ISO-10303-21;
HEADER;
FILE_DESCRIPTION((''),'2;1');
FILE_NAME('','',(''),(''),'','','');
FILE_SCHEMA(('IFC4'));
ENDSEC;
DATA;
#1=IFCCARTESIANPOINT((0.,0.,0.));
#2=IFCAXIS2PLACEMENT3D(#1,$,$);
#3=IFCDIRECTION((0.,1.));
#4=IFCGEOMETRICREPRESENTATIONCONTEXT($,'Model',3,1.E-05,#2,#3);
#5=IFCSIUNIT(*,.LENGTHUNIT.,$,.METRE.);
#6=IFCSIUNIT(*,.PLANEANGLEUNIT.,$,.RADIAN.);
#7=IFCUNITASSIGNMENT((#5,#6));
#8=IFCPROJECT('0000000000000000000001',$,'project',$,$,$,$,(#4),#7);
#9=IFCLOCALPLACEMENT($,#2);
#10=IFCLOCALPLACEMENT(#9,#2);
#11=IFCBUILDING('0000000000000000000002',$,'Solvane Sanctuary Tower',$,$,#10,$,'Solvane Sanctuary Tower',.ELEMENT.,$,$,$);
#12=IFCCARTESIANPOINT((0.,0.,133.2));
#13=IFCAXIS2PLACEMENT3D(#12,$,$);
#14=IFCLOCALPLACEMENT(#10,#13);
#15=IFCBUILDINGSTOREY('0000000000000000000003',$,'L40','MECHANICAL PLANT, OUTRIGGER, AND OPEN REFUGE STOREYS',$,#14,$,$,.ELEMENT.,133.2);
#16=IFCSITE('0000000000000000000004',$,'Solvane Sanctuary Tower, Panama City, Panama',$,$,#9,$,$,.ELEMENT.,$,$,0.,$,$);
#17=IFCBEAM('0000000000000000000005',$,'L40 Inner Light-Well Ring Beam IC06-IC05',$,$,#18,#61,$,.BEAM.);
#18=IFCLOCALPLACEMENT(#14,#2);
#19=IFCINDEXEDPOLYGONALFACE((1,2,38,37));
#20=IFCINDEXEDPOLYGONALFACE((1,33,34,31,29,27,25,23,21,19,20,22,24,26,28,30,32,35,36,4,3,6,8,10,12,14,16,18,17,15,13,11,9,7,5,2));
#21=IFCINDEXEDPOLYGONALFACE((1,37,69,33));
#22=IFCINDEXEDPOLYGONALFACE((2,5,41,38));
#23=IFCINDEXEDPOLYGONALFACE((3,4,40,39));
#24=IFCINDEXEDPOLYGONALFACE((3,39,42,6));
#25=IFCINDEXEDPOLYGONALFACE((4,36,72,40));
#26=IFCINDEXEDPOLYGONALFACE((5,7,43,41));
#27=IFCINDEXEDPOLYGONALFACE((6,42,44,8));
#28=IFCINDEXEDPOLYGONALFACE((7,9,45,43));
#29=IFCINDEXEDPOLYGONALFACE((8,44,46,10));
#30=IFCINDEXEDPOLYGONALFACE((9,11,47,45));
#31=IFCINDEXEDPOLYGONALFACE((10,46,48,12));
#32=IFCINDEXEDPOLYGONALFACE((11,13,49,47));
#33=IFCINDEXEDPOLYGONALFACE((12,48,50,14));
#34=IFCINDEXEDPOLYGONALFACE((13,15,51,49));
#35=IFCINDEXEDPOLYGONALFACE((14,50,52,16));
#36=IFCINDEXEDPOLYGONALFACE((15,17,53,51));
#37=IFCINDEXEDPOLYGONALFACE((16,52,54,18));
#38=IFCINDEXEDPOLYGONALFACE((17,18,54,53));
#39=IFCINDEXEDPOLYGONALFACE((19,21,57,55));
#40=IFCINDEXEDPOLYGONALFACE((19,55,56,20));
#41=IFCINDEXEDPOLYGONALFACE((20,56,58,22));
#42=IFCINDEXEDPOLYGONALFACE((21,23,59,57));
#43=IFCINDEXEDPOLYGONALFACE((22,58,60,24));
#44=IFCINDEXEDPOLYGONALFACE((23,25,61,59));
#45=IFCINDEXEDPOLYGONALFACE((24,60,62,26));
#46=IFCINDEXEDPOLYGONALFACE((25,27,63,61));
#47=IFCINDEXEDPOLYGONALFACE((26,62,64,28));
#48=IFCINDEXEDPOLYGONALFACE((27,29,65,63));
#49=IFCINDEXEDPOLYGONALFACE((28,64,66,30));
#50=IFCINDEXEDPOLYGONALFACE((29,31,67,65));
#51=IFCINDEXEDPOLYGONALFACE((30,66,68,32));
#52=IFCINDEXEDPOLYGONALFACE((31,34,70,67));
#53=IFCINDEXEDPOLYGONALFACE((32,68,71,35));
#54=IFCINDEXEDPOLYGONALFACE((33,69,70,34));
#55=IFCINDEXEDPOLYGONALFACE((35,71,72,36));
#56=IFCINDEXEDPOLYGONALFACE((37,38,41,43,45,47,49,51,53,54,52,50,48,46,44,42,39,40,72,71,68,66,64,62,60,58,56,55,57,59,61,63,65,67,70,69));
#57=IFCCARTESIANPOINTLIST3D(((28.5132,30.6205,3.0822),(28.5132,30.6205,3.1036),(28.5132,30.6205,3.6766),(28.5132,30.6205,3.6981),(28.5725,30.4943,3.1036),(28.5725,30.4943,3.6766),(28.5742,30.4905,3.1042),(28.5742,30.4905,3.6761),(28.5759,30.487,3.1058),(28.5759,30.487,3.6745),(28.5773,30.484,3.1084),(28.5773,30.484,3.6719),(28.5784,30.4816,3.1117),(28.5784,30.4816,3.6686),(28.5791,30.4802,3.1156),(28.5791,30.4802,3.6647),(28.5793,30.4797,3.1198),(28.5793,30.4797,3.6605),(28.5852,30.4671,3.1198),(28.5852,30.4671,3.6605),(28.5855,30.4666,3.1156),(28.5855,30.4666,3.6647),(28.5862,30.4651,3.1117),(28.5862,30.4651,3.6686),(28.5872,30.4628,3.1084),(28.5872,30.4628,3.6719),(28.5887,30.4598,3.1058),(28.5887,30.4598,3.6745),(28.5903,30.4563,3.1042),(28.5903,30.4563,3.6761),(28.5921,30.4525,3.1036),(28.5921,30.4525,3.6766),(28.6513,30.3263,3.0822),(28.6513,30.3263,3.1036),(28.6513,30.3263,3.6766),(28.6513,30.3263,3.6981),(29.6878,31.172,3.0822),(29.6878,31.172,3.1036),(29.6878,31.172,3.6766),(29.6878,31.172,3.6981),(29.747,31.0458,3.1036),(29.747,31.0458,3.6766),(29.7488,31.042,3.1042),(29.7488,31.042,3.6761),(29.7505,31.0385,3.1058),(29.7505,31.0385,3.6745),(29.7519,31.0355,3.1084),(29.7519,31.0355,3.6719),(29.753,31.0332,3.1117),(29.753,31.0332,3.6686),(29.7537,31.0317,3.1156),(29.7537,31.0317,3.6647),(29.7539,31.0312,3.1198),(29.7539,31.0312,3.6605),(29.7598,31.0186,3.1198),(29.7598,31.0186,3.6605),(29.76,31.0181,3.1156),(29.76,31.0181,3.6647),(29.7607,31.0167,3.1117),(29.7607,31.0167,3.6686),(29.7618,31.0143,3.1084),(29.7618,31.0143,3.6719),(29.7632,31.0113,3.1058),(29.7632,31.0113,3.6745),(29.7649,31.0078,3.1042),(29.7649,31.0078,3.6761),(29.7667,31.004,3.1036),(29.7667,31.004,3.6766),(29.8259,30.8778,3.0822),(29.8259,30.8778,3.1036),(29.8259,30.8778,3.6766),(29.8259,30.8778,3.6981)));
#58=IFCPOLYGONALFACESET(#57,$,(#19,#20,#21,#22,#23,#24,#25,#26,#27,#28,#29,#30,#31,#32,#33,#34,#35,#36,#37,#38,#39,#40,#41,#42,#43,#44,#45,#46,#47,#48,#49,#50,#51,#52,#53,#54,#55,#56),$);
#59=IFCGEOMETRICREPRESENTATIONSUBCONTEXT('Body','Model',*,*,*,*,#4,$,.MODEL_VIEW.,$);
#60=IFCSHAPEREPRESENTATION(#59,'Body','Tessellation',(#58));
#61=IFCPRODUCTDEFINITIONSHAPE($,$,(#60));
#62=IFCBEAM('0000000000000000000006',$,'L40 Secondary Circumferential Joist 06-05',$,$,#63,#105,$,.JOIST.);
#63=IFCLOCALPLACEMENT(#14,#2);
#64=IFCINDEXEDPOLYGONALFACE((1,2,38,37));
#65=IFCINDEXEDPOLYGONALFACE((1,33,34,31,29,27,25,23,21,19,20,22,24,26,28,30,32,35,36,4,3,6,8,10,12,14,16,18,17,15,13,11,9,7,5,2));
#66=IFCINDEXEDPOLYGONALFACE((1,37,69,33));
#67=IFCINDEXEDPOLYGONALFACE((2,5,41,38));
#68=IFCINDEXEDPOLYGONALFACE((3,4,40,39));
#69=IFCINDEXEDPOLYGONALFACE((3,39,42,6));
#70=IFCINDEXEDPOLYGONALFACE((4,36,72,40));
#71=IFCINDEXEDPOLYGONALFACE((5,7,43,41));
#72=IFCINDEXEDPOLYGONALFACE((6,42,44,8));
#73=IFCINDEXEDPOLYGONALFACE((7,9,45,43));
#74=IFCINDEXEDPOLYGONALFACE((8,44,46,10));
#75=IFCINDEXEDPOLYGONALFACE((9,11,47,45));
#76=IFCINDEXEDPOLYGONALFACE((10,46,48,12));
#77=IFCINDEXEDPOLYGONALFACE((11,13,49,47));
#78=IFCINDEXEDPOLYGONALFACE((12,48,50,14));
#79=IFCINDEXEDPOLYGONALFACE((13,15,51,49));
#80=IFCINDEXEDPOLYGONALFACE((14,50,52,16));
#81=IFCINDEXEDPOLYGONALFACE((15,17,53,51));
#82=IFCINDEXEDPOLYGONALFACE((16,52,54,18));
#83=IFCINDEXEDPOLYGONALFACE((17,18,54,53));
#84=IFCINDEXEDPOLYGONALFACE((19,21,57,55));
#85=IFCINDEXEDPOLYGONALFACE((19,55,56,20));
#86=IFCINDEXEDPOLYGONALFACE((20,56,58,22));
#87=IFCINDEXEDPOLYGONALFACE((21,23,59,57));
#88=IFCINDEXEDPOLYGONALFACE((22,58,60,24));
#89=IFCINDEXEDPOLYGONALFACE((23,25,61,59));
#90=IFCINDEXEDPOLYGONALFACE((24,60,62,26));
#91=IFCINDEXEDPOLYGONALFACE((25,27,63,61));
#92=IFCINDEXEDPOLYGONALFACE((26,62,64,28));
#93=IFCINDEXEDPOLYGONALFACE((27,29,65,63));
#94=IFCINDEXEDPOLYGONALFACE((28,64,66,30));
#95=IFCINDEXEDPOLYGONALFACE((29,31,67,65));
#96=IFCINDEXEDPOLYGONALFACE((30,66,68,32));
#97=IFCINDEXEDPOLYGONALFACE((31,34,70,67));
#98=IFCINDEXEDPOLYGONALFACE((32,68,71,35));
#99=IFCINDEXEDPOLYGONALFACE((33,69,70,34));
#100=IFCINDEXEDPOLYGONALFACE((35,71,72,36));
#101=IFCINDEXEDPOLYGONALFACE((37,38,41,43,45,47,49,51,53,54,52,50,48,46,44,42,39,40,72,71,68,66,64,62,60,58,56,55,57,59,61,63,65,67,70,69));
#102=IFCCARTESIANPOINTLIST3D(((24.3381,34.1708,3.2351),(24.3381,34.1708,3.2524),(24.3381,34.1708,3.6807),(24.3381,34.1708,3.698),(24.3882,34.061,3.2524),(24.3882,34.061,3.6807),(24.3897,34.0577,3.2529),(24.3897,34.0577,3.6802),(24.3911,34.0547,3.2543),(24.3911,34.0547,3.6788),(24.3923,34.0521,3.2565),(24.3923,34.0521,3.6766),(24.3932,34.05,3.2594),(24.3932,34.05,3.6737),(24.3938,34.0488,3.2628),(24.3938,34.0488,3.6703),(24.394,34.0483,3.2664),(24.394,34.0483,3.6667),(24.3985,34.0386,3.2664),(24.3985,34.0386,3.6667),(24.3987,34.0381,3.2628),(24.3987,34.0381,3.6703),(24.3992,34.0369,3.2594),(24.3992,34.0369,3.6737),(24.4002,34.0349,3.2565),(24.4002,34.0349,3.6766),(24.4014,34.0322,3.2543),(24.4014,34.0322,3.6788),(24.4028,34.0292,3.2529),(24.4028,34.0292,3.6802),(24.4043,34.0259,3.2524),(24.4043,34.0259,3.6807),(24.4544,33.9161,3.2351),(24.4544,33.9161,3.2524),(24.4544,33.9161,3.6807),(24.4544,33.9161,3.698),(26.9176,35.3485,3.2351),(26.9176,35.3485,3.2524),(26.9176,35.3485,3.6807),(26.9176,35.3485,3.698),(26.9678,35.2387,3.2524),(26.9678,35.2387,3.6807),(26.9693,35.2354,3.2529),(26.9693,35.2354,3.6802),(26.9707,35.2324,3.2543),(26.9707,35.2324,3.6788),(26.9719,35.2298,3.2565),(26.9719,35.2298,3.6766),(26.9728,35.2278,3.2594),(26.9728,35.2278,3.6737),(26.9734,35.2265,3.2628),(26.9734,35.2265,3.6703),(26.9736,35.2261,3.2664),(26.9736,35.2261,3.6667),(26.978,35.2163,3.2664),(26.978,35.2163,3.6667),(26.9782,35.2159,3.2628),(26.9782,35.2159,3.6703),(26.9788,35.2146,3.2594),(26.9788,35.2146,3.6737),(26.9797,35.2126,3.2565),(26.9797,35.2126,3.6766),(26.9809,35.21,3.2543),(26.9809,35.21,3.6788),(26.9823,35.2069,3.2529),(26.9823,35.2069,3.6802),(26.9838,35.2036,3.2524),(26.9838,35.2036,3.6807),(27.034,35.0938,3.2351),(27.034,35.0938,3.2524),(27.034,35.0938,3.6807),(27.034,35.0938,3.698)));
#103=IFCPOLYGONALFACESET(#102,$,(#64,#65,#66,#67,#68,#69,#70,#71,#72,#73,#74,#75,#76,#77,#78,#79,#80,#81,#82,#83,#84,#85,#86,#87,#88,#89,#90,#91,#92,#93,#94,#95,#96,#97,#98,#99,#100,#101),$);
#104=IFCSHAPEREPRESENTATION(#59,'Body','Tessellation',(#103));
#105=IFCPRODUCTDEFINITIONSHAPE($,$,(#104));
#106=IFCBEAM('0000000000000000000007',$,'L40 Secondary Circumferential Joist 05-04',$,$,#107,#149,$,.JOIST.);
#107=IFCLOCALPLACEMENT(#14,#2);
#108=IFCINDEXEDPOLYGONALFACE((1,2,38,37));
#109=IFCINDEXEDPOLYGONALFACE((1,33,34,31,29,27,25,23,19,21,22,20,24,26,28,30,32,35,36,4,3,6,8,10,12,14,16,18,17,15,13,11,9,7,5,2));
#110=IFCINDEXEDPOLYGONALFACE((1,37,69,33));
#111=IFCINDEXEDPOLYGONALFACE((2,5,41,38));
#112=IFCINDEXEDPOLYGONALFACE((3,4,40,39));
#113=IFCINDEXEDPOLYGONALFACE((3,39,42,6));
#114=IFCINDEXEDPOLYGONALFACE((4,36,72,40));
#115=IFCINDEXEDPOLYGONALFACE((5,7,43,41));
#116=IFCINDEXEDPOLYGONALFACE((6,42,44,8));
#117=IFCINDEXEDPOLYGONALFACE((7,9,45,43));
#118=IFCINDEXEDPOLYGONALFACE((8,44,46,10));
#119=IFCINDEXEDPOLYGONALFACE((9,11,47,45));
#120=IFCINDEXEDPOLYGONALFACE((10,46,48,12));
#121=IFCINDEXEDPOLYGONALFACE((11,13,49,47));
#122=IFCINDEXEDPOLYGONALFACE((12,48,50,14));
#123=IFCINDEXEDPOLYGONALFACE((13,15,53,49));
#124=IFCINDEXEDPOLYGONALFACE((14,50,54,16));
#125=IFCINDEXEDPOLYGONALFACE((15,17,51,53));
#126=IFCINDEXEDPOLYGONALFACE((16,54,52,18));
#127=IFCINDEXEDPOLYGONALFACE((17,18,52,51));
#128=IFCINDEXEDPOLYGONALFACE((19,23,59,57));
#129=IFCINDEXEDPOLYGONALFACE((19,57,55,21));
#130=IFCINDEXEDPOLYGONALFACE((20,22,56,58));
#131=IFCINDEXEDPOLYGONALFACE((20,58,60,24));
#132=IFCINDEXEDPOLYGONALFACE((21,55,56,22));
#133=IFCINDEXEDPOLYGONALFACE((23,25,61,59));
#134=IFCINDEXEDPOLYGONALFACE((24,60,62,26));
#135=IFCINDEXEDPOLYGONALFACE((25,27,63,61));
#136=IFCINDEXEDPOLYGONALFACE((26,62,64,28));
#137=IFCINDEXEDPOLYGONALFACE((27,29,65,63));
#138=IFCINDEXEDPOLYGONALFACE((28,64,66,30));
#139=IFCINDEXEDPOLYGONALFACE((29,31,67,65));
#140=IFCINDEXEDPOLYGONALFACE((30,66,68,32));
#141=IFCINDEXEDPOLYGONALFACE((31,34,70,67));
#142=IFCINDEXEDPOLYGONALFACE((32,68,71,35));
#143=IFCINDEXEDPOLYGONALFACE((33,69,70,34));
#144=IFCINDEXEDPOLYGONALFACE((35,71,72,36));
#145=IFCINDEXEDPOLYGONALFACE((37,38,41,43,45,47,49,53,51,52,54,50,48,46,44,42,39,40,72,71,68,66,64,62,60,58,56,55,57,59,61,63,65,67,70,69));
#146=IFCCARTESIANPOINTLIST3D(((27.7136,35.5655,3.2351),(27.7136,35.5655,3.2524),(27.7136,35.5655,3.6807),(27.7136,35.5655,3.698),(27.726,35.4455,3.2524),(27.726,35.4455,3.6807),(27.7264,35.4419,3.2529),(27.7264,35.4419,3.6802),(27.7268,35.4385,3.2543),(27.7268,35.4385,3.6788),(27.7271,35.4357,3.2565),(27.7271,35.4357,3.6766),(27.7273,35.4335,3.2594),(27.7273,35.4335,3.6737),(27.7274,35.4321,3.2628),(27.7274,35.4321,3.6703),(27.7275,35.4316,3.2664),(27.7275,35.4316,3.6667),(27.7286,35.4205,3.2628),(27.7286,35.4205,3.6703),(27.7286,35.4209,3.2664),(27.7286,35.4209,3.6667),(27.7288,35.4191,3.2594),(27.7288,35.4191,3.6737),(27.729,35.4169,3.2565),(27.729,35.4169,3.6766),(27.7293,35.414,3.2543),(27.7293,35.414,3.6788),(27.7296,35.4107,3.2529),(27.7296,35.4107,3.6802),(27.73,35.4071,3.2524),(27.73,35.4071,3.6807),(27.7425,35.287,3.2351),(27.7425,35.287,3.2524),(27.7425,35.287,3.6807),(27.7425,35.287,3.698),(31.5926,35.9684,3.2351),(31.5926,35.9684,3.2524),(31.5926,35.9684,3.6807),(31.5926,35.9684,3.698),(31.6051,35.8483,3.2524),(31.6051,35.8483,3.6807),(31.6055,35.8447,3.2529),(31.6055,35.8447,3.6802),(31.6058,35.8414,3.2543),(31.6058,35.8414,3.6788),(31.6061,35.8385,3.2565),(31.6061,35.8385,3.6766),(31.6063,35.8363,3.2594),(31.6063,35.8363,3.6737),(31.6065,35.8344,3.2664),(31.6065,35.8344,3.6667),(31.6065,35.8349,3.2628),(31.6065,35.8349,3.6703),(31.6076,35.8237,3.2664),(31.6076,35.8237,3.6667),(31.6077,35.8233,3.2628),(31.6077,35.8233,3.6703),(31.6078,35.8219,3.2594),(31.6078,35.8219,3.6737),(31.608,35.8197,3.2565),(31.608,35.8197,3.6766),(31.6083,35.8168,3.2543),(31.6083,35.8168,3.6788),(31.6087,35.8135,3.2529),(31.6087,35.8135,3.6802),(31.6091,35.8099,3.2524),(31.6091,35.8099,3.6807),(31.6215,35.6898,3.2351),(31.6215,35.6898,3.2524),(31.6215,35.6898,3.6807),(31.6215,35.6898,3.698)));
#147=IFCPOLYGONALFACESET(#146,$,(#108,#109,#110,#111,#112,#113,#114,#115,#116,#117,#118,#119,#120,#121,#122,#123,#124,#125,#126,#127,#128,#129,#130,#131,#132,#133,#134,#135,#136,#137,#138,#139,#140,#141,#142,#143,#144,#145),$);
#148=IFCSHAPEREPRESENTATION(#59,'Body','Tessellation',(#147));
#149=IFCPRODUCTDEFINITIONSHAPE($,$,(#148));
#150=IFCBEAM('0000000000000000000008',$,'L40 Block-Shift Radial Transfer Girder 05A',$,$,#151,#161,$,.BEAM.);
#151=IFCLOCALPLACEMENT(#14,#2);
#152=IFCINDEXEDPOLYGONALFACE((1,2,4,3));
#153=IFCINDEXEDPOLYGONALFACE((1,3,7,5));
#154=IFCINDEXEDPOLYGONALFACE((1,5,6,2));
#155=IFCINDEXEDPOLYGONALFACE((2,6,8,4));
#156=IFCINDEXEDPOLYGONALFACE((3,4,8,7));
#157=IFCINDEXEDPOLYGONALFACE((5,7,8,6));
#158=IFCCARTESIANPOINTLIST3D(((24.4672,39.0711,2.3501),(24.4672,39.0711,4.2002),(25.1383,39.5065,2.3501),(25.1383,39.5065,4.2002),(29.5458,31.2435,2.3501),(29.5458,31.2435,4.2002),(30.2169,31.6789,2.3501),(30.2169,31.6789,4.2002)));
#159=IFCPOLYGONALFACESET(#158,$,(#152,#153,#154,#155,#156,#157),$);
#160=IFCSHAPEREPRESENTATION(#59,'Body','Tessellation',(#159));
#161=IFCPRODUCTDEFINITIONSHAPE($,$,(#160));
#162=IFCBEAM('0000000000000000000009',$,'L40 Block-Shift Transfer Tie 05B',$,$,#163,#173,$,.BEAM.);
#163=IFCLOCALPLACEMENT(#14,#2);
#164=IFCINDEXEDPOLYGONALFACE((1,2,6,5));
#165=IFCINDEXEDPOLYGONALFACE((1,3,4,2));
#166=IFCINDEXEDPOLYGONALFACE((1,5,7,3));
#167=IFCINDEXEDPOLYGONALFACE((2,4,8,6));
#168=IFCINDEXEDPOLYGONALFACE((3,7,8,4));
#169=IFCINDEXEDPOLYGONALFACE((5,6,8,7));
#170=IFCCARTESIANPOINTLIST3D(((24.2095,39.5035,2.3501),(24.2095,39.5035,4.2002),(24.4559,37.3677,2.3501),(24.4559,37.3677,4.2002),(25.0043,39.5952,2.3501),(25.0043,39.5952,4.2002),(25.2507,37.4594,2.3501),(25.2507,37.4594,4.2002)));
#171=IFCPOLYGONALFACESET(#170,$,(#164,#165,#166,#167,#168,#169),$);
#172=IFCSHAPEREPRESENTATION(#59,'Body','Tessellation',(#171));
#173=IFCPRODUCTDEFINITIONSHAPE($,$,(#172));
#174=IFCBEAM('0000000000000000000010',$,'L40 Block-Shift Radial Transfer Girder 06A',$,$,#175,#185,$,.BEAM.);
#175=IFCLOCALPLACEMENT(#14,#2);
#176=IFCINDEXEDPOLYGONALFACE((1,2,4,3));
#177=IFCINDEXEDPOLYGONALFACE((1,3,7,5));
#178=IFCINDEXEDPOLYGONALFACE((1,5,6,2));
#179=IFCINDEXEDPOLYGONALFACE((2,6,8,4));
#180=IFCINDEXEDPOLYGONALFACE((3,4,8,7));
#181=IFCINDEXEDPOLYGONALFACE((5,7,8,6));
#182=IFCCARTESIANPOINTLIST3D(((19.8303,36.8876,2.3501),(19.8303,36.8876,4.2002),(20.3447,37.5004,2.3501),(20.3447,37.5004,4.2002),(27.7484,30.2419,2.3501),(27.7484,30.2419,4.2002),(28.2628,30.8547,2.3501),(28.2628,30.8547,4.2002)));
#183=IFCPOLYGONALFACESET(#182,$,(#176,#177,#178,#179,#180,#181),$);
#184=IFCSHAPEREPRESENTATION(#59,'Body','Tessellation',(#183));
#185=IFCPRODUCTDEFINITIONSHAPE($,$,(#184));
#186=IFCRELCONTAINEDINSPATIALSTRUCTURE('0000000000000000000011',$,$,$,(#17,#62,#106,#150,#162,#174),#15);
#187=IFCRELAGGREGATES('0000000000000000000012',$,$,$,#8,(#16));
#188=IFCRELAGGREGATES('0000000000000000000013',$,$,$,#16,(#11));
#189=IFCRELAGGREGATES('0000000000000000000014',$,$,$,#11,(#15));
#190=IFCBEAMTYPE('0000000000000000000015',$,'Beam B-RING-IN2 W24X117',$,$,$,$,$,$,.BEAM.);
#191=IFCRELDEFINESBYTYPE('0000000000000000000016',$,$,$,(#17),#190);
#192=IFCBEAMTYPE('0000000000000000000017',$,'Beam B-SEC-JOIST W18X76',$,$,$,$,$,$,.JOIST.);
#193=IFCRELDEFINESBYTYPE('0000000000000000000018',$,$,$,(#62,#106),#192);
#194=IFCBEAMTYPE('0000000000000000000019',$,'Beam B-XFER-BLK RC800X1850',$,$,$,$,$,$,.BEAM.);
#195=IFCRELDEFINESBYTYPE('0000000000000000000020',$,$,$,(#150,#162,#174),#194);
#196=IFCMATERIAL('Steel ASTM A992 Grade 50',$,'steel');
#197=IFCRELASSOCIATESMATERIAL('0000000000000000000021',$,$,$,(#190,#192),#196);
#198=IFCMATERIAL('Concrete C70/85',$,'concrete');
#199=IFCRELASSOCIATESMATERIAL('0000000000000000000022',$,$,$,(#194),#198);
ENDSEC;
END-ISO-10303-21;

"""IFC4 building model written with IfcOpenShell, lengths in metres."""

from ifc_helpers import new_model, si_unit, direction, frame, origin, origin_2d, place, context, subcontext, project, spatial, rectangle, i_section, extrude, material, material_profile, profile_set, type_object, element, save


model = new_model("IFC4")

# Units and contexts
model_context = context("Model", 3, precision=1e-05, world=origin(), true_north=direction((0.0, 1.0)))
body_context = subcontext(model_context, "Body", "Model", "MODEL_VIEW")
ifc_project = project(units=[si_unit("LENGTHUNIT", "METRE"), si_unit("PLANEANGLEUNIT", "RADIAN")], contexts=[model_context])

# Site, building, storey
site_placement = place(None, origin())
site = spatial("IfcSite", under=ifc_project, at=site_placement, Name="Solvane Sanctuary Tower, Panama City, Panama", CompositionType="ELEMENT", RefElevation=0.0)
building_placement = place(site_placement, origin())
building = spatial("IfcBuilding", under=site, at=building_placement, Name="Solvane Sanctuary Tower", LongName="Solvane Sanctuary Tower", CompositionType="ELEMENT")
storey_placement = place(building_placement, frame((0.0, 0.0, 133.2)))
storey = spatial("IfcBuildingStorey", under=building, at=storey_placement, Name="L40", Description="MECHANICAL PLANT, OUTRIGGER, AND OPEN REFUGE STOREYS", CompositionType="ELEMENT", Elevation=133.2)

# Shared definitions
ifc_material_1 = material(Name="Concrete C70/85", Category="concrete")

# Beams
ifc_material_2 = material(Name="Steel ASTM A992 Grade 50", Category="steel")
ifc_material_profile_1 = material_profile(ifc_material_2, i_section(OverallWidth=0.325, OverallDepth=0.616, WebThickness=0.0139, FlangeThickness=0.0215, FilletRadius=0.0161, at=origin_2d()), Name="W24X117")
ifc_profile_set_1 = profile_set([ifc_material_profile_1], Name="Steel ASTM A992 Grade 50")
beam_type_1 = type_object("IfcBeamType", Name="Beam B-RING-IN2 W24X117", PredefinedType="BEAM", material=ifc_profile_set_1)
beam_1_placement = place(storey_placement, frame((28.5823, 30.4734, 3.3901), z_axis=(0.905181, 0.425027, 0.0), x_axis=(-0.425027, 0.905181, 0.0)))
element("IfcBeam", 1, at=beam_1_placement, inside=storey, type_object=beam_type_1, Name="L40 Inner Light-Well Ring Beam IC06-IC05", PredefinedType="BEAM", context=body_context, shape_type="SweptSolid", body=[
    extrude(i_section(OverallWidth=0.325, OverallDepth=0.616, WebThickness=0.0139, FlangeThickness=0.0215, FilletRadius=0.0161, at=origin_2d()), origin(), (0.0, 0.0, 1.0), 1.2976),
])
ifc_material_profile_2 = material_profile(ifc_material_2, i_section(OverallWidth=0.28, OverallDepth=0.4629, WebThickness=0.0107, FlangeThickness=0.0173, FilletRadius=0.0139, at=origin_2d()), Name="W18X76")
ifc_profile_set_2 = profile_set([ifc_material_profile_2], Name="Steel ASTM A992 Grade 50")
beam_type_2 = type_object("IfcBeamType", Name="Beam B-SEC-JOIST W18X76", PredefinedType="JOIST", material=ifc_profile_set_2)
beam_2_placement = place(storey_placement, frame((24.3962, 34.0435, 3.4666), z_axis=(0.909675, 0.41532, 0.0), x_axis=(-0.41532, 0.909675, 0.0)))
element("IfcBeam", 2, at=beam_2_placement, inside=storey, type_object=beam_type_2, Name="L40 Secondary Circumferential Joist 06-05", PredefinedType="JOIST", context=body_context, shape_type="SweptSolid", body=[
    extrude(i_section(OverallWidth=0.28, OverallDepth=0.4629, WebThickness=0.0107, FlangeThickness=0.0173, FilletRadius=0.0139, at=origin_2d()), origin(), (0.0, 0.0, 1.0), 2.8357),
])
beam_3_placement = place(storey_placement, frame((27.728, 35.4263, 3.4666), z_axis=(0.994651, 0.10329, 0.0), x_axis=(-0.10329, 0.994651, 0.0)))
element("IfcBeam", 3, at=beam_3_placement, inside=storey, type_object=beam_type_2, Name="L40 Secondary Circumferential Joist 05-04", PredefinedType="JOIST", context=body_context, shape_type="SweptSolid", body=[
    extrude(i_section(OverallWidth=0.28, OverallDepth=0.4629, WebThickness=0.0107, FlangeThickness=0.0173, FilletRadius=0.0139, at=origin_2d()), origin(), (0.0, 0.0, 1.0), 3.8999),
])
ifc_material_profile_3 = material_profile(ifc_material_1, rectangle(XDim=0.8, YDim=1.8501, at=origin_2d()), Name="RC800X1850")
ifc_profile_set_3 = profile_set([ifc_material_profile_3], Name="Concrete C70/85")
beam_type_3 = type_object("IfcBeamType", Name="Beam B-XFER-BLK RC800X1850", PredefinedType="BEAM", material=ifc_profile_set_3)
beam_4_placement = place(storey_placement, frame((29.8813, 31.4612, 3.2751), z_axis=(-0.544284, 0.838901, 0.0), x_axis=(-0.838901, -0.544284, 0.0)))
element("IfcBeam", 4, at=beam_4_placement, inside=storey, type_object=beam_type_3, Name="L40 Block-Shift Radial Transfer Girder 05A", PredefinedType="BEAM", context=body_context, shape_type="SweptSolid", body=[
    extrude(rectangle(XDim=0.8, YDim=1.8501, at=origin_2d()), origin(), (0.0, 0.0, 1.0), 9.3308),
])
beam_5_placement = place(storey_placement, frame((24.6069, 39.5493, 3.2751), z_axis=(0.114581, -0.993414, 0.0), x_axis=(0.993414, 0.114581, 0.0)))
element("IfcBeam", 5, at=beam_5_placement, inside=storey, type_object=beam_type_3, Name="L40 Block-Shift Transfer Tie 05B", PredefinedType="BEAM", context=body_context, shape_type="SweptSolid", body=[
    extrude(rectangle(XDim=0.8, YDim=1.8501, at=origin_2d()), origin(), (0.0, 0.0, 1.0), 2.1499),
])
beam_6_placement = place(storey_placement, frame((28.0056, 30.5483, 3.2751), z_axis=(-0.765969, 0.642877, 0.0), x_axis=(-0.642877, -0.765969, 0.0)))
element("IfcBeam", 6, at=beam_6_placement, inside=storey, type_object=beam_type_3, Name="L40 Block-Shift Radial Transfer Girder 06A", PredefinedType="BEAM", context=body_context, shape_type="SweptSolid", body=[
    extrude(rectangle(XDim=0.8, YDim=1.8501, at=origin_2d()), origin(), (0.0, 0.0, 1.0), 10.3374),
])

save(model, "model.ifc")
